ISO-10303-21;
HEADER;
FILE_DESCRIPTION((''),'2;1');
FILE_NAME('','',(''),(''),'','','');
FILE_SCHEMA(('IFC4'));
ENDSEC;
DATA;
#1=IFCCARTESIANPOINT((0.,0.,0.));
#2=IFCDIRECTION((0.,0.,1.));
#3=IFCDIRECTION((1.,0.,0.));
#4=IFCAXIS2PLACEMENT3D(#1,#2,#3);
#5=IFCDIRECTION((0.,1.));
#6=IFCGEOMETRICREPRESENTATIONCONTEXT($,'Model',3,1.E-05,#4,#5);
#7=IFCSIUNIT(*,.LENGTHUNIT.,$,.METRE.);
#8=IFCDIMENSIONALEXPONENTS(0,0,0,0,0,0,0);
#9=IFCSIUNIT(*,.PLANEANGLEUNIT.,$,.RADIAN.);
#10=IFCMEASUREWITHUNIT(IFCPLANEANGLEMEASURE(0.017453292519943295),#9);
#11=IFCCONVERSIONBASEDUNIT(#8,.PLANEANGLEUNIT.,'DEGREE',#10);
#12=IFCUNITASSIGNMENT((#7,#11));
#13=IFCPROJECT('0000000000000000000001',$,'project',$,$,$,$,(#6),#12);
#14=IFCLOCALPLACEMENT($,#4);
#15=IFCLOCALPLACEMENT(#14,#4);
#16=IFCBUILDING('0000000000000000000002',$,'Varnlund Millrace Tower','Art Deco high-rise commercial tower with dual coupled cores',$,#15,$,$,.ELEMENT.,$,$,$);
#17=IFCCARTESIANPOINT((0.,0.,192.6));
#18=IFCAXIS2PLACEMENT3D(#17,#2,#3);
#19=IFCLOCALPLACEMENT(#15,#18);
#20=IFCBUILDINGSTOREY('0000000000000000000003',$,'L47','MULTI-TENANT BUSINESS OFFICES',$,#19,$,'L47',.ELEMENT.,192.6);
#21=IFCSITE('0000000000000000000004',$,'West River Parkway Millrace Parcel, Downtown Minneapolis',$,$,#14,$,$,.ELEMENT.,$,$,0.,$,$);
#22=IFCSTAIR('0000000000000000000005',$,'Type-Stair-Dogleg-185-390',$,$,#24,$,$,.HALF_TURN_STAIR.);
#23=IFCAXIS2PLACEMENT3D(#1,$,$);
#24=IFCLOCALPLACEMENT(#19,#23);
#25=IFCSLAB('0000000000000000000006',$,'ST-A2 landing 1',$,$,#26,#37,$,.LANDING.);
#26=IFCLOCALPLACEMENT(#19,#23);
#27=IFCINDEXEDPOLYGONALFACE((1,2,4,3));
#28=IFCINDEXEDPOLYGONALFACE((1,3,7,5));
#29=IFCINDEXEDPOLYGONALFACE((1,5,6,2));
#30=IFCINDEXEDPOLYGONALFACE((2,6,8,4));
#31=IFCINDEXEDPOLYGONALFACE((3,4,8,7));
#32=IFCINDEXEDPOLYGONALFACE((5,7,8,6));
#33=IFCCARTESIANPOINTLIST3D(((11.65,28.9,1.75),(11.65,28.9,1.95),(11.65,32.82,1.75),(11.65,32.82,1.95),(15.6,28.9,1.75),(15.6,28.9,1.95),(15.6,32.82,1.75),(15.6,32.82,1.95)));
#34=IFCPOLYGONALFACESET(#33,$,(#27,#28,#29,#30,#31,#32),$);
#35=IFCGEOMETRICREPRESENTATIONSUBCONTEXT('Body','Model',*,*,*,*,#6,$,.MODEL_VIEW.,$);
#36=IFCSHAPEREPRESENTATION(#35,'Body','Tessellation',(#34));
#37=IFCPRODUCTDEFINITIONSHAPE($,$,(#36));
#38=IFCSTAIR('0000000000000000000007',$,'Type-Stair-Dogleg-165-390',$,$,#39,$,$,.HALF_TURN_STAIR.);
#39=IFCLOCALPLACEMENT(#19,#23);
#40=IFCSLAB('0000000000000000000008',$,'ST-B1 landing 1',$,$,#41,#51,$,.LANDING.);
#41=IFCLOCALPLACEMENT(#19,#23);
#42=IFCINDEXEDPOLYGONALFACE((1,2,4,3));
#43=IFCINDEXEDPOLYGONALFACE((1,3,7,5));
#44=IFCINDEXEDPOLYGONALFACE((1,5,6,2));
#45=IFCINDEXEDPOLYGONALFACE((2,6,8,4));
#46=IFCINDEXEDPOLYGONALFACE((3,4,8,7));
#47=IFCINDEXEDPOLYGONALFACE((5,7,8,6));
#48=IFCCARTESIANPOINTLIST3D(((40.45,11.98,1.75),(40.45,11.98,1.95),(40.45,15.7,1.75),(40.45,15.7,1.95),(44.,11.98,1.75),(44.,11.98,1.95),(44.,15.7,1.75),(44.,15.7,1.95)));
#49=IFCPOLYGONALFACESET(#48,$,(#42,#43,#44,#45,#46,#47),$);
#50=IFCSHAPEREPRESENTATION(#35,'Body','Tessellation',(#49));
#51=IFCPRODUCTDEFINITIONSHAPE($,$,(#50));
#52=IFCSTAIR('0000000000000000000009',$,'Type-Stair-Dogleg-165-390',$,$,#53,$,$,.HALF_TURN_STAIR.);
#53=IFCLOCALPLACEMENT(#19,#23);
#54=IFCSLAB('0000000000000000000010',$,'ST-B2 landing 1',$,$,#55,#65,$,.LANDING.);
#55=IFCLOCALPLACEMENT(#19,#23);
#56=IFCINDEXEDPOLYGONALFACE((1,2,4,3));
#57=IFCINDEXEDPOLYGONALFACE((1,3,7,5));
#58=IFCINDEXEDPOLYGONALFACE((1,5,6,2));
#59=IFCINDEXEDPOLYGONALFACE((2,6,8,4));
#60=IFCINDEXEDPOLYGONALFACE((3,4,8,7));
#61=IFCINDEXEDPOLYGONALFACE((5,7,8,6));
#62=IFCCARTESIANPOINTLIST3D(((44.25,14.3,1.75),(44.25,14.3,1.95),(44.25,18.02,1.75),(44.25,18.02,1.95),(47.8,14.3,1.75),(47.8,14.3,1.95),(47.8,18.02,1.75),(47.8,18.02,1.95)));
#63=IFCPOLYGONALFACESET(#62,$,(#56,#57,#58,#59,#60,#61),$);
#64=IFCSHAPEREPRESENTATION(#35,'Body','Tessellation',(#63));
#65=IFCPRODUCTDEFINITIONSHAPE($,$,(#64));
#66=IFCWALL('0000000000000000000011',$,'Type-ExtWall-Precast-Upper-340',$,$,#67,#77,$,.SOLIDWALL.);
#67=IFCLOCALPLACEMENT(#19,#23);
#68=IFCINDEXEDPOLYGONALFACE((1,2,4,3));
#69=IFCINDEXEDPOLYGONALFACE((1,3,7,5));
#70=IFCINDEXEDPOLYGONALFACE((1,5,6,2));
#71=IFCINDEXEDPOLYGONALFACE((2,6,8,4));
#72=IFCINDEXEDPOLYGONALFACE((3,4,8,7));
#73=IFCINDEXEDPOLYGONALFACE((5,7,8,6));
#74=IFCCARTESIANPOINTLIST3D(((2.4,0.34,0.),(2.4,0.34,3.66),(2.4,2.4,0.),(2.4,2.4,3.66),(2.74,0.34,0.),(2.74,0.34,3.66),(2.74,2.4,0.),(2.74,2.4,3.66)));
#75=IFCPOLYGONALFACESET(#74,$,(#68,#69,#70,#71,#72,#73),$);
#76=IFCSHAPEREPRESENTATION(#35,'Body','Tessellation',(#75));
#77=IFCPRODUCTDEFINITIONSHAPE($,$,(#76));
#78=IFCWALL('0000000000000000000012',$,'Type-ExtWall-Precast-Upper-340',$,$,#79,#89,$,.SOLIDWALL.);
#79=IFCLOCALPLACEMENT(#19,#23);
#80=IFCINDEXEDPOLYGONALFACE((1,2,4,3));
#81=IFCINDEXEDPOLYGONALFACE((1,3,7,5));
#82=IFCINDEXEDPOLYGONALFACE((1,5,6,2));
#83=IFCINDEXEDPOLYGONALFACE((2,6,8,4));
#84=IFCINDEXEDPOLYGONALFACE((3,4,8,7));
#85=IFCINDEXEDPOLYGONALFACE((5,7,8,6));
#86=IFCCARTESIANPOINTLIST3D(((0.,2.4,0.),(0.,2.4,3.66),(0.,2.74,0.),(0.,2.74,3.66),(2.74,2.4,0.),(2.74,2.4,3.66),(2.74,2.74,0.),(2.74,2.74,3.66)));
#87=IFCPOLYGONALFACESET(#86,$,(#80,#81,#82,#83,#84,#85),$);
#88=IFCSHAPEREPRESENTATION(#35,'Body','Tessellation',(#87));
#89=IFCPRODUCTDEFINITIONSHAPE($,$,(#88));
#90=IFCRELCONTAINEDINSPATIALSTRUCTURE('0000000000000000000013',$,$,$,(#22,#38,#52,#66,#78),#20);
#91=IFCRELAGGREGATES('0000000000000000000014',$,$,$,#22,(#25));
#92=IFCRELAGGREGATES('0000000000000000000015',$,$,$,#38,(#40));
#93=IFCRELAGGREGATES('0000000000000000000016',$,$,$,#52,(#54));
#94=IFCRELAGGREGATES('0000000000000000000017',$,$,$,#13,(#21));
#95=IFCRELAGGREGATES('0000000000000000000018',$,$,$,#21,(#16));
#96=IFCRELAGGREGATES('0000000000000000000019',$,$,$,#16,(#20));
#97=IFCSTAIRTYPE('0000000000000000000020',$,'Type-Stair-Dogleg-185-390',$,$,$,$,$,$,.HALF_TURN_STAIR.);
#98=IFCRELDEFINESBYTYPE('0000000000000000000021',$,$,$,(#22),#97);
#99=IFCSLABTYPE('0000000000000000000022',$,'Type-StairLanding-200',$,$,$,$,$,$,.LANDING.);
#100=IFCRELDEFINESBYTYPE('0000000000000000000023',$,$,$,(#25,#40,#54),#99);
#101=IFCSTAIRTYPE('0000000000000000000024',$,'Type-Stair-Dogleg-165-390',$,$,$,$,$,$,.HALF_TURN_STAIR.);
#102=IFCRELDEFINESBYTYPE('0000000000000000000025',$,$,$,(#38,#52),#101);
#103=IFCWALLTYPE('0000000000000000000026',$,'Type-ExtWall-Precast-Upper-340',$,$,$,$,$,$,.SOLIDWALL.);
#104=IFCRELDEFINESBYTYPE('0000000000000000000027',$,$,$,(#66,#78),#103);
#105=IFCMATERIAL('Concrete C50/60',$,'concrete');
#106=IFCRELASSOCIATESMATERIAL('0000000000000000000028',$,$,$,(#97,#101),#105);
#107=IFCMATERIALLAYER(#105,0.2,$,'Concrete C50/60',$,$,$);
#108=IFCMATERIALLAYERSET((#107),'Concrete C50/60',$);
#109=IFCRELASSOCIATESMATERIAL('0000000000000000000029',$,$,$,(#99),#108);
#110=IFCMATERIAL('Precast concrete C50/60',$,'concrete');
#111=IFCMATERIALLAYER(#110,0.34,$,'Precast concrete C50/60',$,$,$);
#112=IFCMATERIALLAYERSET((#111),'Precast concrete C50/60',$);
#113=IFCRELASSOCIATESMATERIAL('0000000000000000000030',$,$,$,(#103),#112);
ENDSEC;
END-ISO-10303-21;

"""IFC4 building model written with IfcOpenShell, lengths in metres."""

from ifc_helpers import new_model, entity, si_unit, converted_unit, direction, frame, origin_with_axes, place, context, subcontext, project, spatial, polyline, outline, extrude, material, layer, layer_set, type_object, element, aggregate, save


model = new_model("IFC4")

# Units and contexts
model_context = context("Model", 3, precision=1e-05, world=origin_with_axes(), true_north=direction((0.0, 1.0)))
body_context = subcontext(model_context, "Body", "Model", "MODEL_VIEW")
ifc_project = project(units=[si_unit("LENGTHUNIT", "METRE"), converted_unit("PLANEANGLEUNIT", "DEGREE", entity("IfcPlaneAngleMeasure", 0.017453292519943295), si_unit("PLANEANGLEUNIT", "RADIAN"), dimensions=[0, 0, 0, 0, 0, 0, 0])], contexts=[model_context])

# Site, building, storey
site_placement = place(None, origin_with_axes())
site = spatial("IfcSite", under=ifc_project, at=site_placement, Name="West River Parkway Millrace Parcel, Downtown Minneapolis", CompositionType="ELEMENT", RefElevation=0.0)
building_placement = place(site_placement, origin_with_axes())
building = spatial("IfcBuilding", under=site, at=building_placement, Name="Varnlund Millrace Tower", Description="Art Deco high-rise commercial tower with dual coupled cores", CompositionType="ELEMENT")
storey_placement = place(building_placement, frame((0.0, 0.0, 192.6), z_axis=(0.0, 0.0, 1.0), x_axis=(1.0, 0.0, 0.0)))
storey = spatial("IfcBuildingStorey", under=building, at=storey_placement, Name="L47", Description="MULTI-TENANT BUSINESS OFFICES", LongName="L47", CompositionType="ELEMENT", Elevation=192.6)

# Stairs, slabs
ifc_material_1 = material(Name="Concrete C50/60", Category="concrete")
stair_type_1 = type_object("IfcStairType", Name="Type-Stair-Dogleg-185-390", PredefinedType="HALF_TURN_STAIR", material=ifc_material_1)
ifc_layer_1 = layer(ifc_material_1, 0.2, Name="Concrete C50/60")
ifc_layer_set_1 = layer_set([ifc_layer_1], Name="Concrete C50/60")
slab_type = type_object("IfcSlabType", Name="Type-StairLanding-200", PredefinedType="LANDING", material=ifc_layer_set_1)
stair_1_placement = place(storey_placement, origin_with_axes())
stair_1 = element("IfcStair", 1, at=stair_1_placement, inside=storey, type_object=stair_type_1, Name="Type-Stair-Dogleg-185-390", PredefinedType="HALF_TURN_STAIR")
slab_1_placement = place(storey_placement, frame((0.0, 0.0, 1.75), z_axis=(0.0, 0.0, 1.0), x_axis=(1.0, 0.0, 0.0)))
slab_1 = element("IfcSlab", 2, at=slab_1_placement, type_object=slab_type, Name="ST-A2 landing 1", PredefinedType="LANDING", context=body_context, shape_type="SweptSolid", body=[
    extrude(outline(polyline([(11.65, 32.82), (11.65, 28.9), (15.6, 28.9), (15.6, 32.82), (11.65, 32.82)])), origin_with_axes(), (0.0, 0.0, 1.0), 0.2),
])
aggregate(stair_1, [slab_1])
stair_type_2 = type_object("IfcStairType", Name="Type-Stair-Dogleg-165-390", PredefinedType="HALF_TURN_STAIR", material=ifc_material_1)
stair_2_placement = place(storey_placement, origin_with_axes())
stair_2 = element("IfcStair", 3, at=stair_2_placement, inside=storey, type_object=stair_type_2, Name="Type-Stair-Dogleg-165-390", PredefinedType="HALF_TURN_STAIR")
slab_2_placement = place(storey_placement, frame((0.0, 0.0, 1.75), z_axis=(0.0, 0.0, 1.0), x_axis=(1.0, 0.0, 0.0)))
slab_2 = element("IfcSlab", 4, at=slab_2_placement, type_object=slab_type, Name="ST-B1 landing 1", PredefinedType="LANDING", context=body_context, shape_type="SweptSolid", body=[
    extrude(outline(polyline([(44.0, 11.98), (44.0, 15.7), (40.45, 15.7), (40.45, 11.98), (44.0, 11.98)])), origin_with_axes(), (0.0, 0.0, 1.0), 0.2),
])
aggregate(stair_2, [slab_2])
stair_3_placement = place(storey_placement, origin_with_axes())
stair_3 = element("IfcStair", 5, at=stair_3_placement, inside=storey, type_object=stair_type_2, Name="Type-Stair-Dogleg-165-390", PredefinedType="HALF_TURN_STAIR")
slab_3_placement = place(storey_placement, frame((0.0, 0.0, 1.75), z_axis=(0.0, 0.0, 1.0), x_axis=(1.0, 0.0, 0.0)))
slab_3 = element("IfcSlab", 6, at=slab_3_placement, type_object=slab_type, Name="ST-B2 landing 1", PredefinedType="LANDING", context=body_context, shape_type="SweptSolid", body=[
    extrude(outline(polyline([(44.25, 18.02), (44.25, 14.3), (47.8, 14.3), (47.8, 18.02), (44.25, 18.02)])), origin_with_axes(), (0.0, 0.0, 1.0), 0.2),
])
aggregate(stair_3, [slab_3])

# Walls
ifc_material_2 = material(Name="Precast concrete C50/60", Category="concrete")
ifc_layer_2 = layer(ifc_material_2, 0.34, Name="Precast concrete C50/60")
ifc_layer_set_2 = layer_set([ifc_layer_2], Name="Precast concrete C50/60")
wall_type = type_object("IfcWallType", Name="Type-ExtWall-Precast-Upper-340", PredefinedType="SOLIDWALL", material=ifc_layer_set_2)
wall_1_placement = place(storey_placement, frame((2.57, 0.34, 0.0), z_axis=(0.0, 0.0, 1.0), x_axis=(0.0, 1.0, 0.0)))
element("IfcWall", 7, at=wall_1_placement, inside=storey, type_object=wall_type, Name="Type-ExtWall-Precast-Upper-340", PredefinedType="SOLIDWALL", context=body_context, shape_type="SweptSolid", body=[
    extrude(outline(polyline([(0.0, -0.17), (2.06, -0.17), (2.06, 0.17), (0.0, 0.17), (0.0, -0.17)])), origin_with_axes(), (0.0, 0.0, 1.0), 3.66),
])
wall_2_placement = place(storey_placement, frame((2.74, 2.57, 0.0), z_axis=(0.0, 0.0, 1.0), x_axis=(-1.0, 0.0, 0.0)))
element("IfcWall", 8, at=wall_2_placement, inside=storey, type_object=wall_type, Name="Type-ExtWall-Precast-Upper-340", PredefinedType="SOLIDWALL", context=body_context, shape_type="SweptSolid", body=[
    extrude(outline(polyline([(0.0, -0.17), (2.74, -0.17), (2.74, 0.17), (0.0, 0.17), (0.0, -0.17)])), origin_with_axes(), (0.0, 0.0, 1.0), 3.66),
])

save(model, "model.ifc")
